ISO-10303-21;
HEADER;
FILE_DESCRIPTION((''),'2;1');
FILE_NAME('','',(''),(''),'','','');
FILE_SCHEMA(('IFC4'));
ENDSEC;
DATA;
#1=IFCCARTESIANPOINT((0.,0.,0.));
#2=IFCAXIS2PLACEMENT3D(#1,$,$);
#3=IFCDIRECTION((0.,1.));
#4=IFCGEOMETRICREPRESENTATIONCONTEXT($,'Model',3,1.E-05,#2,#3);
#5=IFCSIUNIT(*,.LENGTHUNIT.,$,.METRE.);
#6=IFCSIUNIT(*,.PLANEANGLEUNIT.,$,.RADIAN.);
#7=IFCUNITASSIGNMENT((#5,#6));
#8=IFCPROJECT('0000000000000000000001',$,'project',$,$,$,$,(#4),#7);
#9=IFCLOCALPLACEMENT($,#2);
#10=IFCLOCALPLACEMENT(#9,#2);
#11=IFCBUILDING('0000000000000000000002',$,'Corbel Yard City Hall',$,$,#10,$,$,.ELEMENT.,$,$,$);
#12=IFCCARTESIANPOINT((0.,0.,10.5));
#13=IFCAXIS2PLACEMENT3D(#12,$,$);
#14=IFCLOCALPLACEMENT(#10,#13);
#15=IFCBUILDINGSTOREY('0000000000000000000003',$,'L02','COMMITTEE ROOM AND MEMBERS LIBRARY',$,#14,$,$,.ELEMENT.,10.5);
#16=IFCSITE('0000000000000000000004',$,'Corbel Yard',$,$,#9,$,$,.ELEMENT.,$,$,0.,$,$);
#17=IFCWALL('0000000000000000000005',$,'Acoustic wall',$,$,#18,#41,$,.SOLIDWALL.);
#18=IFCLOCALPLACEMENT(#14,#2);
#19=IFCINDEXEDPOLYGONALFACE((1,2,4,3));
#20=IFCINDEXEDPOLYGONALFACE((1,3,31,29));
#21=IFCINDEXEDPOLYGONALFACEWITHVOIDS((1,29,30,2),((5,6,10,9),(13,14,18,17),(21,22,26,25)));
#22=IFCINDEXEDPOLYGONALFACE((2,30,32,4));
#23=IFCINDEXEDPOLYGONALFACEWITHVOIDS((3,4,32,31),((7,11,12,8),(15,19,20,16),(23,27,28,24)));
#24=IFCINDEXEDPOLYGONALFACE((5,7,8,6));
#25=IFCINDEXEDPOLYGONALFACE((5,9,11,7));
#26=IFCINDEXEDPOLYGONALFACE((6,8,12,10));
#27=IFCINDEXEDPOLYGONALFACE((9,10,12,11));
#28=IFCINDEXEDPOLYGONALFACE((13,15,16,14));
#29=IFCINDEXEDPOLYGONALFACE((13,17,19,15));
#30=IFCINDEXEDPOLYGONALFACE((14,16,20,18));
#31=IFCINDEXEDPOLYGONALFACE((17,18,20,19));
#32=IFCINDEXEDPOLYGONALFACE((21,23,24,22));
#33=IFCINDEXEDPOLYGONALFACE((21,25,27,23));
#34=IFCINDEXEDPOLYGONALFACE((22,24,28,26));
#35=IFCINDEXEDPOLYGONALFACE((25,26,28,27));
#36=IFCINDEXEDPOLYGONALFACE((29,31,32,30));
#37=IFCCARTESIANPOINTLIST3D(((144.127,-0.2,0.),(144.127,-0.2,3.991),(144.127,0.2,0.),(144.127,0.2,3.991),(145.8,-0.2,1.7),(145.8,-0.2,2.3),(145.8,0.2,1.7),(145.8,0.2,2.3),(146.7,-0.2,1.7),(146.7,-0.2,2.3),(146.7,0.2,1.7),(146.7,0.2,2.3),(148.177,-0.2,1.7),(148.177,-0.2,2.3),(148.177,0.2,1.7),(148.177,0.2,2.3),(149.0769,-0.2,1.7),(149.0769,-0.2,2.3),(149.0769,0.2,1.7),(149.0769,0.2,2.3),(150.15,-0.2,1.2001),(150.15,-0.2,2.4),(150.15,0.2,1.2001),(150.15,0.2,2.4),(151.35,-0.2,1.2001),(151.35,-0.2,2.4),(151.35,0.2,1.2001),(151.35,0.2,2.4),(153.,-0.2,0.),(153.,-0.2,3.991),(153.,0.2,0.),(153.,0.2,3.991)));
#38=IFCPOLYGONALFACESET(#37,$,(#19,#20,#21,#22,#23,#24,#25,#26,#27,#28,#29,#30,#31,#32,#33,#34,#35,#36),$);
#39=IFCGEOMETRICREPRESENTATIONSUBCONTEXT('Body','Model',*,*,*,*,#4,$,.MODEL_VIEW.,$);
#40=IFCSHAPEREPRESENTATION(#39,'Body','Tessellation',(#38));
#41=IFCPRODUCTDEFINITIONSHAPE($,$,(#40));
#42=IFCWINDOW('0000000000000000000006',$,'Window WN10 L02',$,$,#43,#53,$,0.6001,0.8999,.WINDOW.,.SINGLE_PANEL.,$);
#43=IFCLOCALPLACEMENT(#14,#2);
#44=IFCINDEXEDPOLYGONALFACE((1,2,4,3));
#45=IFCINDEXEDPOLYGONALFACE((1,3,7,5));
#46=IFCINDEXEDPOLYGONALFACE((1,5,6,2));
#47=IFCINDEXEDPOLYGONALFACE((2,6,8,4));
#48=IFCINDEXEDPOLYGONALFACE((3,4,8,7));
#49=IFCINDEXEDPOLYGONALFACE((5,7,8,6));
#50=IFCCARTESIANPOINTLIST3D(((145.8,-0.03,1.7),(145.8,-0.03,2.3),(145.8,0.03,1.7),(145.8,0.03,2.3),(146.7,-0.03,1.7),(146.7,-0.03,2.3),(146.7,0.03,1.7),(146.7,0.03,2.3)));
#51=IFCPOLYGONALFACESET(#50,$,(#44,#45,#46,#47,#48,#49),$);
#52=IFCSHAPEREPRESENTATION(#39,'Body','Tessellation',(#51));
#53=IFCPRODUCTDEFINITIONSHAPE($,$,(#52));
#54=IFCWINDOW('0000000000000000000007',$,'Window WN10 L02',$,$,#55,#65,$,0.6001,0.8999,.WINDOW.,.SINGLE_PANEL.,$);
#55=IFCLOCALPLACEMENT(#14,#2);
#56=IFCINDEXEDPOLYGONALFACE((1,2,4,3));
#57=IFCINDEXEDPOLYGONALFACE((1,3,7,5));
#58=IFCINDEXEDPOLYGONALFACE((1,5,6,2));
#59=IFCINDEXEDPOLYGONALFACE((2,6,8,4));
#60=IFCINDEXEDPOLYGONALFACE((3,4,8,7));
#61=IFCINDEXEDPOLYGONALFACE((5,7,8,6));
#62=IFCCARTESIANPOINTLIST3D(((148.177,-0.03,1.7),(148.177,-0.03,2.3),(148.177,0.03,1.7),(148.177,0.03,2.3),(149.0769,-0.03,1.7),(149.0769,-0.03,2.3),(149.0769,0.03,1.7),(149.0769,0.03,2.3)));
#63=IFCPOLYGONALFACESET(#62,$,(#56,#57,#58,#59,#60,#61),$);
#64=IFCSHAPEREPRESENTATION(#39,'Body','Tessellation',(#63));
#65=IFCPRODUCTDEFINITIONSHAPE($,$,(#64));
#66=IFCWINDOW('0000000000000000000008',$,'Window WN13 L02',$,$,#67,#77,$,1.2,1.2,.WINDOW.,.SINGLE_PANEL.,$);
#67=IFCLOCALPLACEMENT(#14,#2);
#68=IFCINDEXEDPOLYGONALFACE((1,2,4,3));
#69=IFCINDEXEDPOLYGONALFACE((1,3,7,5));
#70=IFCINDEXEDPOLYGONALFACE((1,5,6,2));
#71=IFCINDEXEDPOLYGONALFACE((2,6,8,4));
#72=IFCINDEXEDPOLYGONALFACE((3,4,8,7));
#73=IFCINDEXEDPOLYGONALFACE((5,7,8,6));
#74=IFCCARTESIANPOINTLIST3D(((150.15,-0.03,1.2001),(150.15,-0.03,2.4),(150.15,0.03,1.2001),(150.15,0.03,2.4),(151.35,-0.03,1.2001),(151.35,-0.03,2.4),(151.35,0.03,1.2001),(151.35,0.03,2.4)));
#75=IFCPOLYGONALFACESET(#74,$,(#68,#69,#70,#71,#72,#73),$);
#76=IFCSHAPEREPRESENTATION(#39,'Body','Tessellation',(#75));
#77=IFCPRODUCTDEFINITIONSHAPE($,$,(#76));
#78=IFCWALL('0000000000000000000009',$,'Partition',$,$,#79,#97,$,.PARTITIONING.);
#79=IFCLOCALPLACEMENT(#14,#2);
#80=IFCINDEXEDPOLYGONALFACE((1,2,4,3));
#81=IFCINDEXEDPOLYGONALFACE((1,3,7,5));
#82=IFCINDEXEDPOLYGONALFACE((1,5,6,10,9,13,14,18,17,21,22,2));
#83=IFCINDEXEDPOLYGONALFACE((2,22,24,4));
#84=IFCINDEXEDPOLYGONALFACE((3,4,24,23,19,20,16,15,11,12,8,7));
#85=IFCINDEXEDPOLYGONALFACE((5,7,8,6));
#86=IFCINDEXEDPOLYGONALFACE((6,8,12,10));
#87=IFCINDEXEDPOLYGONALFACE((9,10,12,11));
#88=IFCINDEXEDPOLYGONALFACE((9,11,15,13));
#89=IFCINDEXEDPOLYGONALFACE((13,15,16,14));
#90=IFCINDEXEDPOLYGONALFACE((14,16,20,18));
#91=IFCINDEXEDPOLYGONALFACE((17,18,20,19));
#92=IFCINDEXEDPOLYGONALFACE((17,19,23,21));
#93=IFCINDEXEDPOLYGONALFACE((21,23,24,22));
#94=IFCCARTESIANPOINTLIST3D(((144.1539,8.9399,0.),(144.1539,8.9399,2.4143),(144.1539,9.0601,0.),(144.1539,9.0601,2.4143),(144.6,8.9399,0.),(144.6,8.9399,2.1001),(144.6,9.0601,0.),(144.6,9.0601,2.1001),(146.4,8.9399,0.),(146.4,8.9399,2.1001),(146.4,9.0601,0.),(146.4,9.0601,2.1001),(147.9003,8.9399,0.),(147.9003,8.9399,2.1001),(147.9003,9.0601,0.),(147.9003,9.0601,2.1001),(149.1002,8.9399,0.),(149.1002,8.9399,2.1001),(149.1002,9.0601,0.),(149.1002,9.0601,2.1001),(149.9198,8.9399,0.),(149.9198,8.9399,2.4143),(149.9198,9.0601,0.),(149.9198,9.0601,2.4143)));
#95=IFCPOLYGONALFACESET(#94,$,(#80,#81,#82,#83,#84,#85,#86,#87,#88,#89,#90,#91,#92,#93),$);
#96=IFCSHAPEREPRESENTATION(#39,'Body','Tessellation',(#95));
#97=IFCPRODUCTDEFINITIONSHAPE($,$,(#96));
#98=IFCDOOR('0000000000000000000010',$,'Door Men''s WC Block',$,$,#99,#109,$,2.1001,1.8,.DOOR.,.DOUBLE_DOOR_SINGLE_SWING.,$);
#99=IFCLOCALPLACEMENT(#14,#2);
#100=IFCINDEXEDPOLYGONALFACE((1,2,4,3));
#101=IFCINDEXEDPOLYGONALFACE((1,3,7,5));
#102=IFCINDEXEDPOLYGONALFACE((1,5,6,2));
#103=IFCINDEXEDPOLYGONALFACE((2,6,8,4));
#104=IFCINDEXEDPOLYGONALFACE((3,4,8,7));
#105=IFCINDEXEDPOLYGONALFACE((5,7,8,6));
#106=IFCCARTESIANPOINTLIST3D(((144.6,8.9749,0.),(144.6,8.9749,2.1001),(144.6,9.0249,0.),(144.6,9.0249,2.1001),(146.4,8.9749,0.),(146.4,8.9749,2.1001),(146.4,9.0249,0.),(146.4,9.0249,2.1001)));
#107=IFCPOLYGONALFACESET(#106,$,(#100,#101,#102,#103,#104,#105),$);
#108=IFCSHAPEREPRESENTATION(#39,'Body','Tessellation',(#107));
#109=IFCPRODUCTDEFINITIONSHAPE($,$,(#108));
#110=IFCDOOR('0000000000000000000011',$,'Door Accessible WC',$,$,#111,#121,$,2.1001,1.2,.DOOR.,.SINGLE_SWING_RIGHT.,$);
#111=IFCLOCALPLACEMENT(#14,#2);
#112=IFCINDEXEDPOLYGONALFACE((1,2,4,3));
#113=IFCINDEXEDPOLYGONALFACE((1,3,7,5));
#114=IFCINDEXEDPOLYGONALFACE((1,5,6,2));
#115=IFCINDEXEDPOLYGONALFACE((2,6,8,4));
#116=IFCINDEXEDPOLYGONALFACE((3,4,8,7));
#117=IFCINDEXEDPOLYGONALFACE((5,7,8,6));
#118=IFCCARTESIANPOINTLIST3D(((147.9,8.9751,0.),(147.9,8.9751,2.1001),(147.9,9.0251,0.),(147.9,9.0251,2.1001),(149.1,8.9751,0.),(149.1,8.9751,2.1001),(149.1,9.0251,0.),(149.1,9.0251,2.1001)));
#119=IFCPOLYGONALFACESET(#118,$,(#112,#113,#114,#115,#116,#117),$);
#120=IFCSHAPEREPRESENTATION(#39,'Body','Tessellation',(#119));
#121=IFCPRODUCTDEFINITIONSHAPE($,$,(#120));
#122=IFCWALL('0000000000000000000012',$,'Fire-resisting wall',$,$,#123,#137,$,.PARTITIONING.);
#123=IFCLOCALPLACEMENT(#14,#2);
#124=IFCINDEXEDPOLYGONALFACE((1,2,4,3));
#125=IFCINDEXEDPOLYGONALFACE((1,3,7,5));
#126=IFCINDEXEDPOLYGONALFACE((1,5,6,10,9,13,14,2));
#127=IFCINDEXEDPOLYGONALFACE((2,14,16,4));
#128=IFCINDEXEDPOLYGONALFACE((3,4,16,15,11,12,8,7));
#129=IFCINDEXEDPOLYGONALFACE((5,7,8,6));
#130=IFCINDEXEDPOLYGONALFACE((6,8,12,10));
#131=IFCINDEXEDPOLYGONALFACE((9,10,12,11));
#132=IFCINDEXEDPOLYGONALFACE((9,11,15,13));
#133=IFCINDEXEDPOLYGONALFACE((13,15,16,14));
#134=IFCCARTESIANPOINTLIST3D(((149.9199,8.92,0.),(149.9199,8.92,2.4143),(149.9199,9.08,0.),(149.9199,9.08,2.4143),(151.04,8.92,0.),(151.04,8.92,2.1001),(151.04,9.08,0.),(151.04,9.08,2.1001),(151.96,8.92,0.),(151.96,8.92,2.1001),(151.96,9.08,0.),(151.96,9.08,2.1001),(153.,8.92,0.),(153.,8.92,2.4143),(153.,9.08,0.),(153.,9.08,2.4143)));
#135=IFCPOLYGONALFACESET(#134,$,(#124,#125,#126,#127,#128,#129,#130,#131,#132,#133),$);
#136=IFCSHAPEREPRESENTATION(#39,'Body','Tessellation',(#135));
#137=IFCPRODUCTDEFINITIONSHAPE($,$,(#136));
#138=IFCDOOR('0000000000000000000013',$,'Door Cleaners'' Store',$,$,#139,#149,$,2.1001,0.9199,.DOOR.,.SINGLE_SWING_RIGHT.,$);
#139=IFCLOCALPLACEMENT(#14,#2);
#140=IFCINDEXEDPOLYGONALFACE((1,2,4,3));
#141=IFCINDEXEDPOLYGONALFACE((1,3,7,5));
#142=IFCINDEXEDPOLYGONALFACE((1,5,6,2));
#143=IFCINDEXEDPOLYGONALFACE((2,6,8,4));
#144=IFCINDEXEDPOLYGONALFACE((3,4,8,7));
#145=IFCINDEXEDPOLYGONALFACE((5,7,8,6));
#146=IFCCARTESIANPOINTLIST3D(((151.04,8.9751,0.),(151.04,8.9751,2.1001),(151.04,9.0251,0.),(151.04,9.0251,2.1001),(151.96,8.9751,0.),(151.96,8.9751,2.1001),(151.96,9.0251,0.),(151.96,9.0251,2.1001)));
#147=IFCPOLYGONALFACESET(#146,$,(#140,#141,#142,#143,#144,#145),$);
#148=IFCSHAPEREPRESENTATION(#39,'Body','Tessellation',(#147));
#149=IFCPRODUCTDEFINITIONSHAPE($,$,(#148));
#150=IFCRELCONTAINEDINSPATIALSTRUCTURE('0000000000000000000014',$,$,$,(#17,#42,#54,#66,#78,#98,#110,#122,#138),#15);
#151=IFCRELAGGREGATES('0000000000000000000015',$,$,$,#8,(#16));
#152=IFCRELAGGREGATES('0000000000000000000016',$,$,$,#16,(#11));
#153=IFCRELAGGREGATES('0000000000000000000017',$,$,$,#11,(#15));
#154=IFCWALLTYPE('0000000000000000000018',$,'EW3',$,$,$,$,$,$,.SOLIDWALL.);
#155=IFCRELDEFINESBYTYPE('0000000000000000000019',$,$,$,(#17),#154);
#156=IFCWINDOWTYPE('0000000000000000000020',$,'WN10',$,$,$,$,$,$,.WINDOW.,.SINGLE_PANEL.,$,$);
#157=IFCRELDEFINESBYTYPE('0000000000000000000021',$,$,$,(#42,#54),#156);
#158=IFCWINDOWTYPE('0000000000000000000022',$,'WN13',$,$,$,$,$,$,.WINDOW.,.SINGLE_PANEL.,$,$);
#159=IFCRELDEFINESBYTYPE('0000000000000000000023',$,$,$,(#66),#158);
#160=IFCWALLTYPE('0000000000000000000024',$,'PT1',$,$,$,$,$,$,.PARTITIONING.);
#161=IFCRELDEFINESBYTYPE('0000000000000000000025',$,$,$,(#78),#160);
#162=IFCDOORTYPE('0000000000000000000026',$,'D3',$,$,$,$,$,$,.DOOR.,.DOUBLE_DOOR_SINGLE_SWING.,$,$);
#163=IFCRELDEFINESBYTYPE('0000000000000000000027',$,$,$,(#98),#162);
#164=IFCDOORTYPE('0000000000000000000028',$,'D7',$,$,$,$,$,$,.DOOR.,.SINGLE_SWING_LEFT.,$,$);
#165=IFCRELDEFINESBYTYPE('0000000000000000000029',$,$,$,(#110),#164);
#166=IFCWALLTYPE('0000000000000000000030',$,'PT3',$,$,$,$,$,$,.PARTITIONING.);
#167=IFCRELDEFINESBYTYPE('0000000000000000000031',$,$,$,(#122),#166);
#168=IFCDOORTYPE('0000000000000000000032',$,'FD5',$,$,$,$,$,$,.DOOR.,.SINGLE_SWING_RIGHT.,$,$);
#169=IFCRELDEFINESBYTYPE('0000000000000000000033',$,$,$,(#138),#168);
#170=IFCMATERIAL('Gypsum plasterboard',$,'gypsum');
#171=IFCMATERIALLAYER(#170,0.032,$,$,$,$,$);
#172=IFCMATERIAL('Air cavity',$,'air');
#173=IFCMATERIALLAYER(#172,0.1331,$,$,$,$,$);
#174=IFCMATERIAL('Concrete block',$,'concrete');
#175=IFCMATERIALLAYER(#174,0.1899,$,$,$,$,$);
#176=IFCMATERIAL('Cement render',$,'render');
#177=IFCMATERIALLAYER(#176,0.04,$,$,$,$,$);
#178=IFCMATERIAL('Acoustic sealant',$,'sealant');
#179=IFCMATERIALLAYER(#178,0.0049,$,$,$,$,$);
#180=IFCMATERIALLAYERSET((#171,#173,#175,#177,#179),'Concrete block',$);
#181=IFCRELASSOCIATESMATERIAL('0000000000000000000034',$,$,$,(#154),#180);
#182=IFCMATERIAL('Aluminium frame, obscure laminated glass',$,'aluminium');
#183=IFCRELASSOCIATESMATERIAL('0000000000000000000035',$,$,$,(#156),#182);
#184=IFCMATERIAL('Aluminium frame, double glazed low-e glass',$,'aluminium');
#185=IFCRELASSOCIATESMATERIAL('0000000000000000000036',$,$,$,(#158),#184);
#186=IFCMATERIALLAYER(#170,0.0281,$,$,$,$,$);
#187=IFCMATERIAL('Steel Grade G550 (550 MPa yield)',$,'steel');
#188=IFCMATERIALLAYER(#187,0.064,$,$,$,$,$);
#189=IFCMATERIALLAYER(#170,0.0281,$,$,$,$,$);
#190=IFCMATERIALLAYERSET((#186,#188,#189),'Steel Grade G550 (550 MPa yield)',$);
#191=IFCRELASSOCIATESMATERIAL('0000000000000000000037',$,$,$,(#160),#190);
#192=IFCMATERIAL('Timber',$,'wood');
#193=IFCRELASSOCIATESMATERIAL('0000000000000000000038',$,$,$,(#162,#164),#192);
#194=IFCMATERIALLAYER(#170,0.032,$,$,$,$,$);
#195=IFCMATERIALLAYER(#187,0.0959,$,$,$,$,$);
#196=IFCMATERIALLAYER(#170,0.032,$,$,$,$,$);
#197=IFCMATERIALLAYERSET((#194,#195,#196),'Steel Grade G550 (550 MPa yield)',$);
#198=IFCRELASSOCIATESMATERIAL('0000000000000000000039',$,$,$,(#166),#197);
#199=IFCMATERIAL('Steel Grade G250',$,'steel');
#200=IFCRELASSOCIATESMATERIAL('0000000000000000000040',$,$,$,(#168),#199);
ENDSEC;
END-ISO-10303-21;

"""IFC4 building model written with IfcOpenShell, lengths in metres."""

from ifc_helpers import new_model, si_unit, direction, frame, frame_2d, origin, place, context, subcontext, project, spatial, rectangle, extrude, material, layer, layer_set, type_object, element, fill, save


model = new_model("IFC4")

# Units and contexts
model_context = context("Model", 3, precision=1e-05, world=origin(), true_north=direction((0.0, 1.0)))
body_context = subcontext(model_context, "Body", "Model", "MODEL_VIEW")
ifc_project = project(units=[si_unit("LENGTHUNIT", "METRE"), si_unit("PLANEANGLEUNIT", "RADIAN")], contexts=[model_context])

# Site, building, storey
site_placement = place(None, origin())
site = spatial("IfcSite", under=ifc_project, at=site_placement, Name="Corbel Yard", CompositionType="ELEMENT", RefElevation=0.0)
building_placement = place(site_placement, origin())
building = spatial("IfcBuilding", under=site, at=building_placement, Name="Corbel Yard City Hall", CompositionType="ELEMENT")
storey_placement = place(building_placement, frame((0.0, 0.0, 10.5)))
storey = spatial("IfcBuildingStorey", under=building, at=storey_placement, Name="L02", Description="COMMITTEE ROOM AND MEMBERS LIBRARY", CompositionType="ELEMENT", Elevation=10.5)

# Wall, openings, windows
ifc_material_1 = material(Name="Gypsum plasterboard", Category="gypsum")
ifc_layer_1 = layer(ifc_material_1, 0.032)
ifc_material_2 = material(Name="Air cavity", Category="air")
ifc_layer_2 = layer(ifc_material_2, 0.1331)
ifc_material_3 = material(Name="Concrete block", Category="concrete")
ifc_layer_3 = layer(ifc_material_3, 0.1899)
ifc_material_4 = material(Name="Cement render", Category="render")
ifc_layer_4 = layer(ifc_material_4, 0.04)
ifc_material_5 = material(Name="Acoustic sealant", Category="sealant")
ifc_layer_5 = layer(ifc_material_5, 0.0049)
ifc_layer_set_1 = layer_set([ifc_layer_1, ifc_layer_2, ifc_layer_3, ifc_layer_4, ifc_layer_5], Name="Concrete block")
wall_type_1 = type_object("IfcWallType", Name="EW3", PredefinedType="SOLIDWALL", material=ifc_layer_set_1)
wall_1_placement = place(storey_placement, frame((144.127, 0.0, 0.0), z_axis=(0.0, 0.0, 1.0), x_axis=(1.0, 0.0, 0.0)))
wall_1 = element("IfcWall", 1, at=wall_1_placement, inside=storey, type_object=wall_type_1, Name="Acoustic wall", PredefinedType="SOLIDWALL", context=body_context, shape_type="SweptSolid", body=[
    extrude(rectangle(XDim=8.873, YDim=0.3999, at=frame_2d((4.4365, 0.0))), origin(), (0.0, 0.0, 1.0), 3.991),
])
opening_1_placement = place(wall_1_placement, frame((1.6731, 0.0, 1.7)))
opening_1 = element("IfcOpeningElement", 2, at=opening_1_placement, cuts=wall_1, PredefinedType="OPENING", context=body_context, shape_type="SweptSolid", body=[
    extrude(rectangle(XDim=0.8999, YDim=0.6001, at=frame_2d((0.45, 0.3))), frame((0.0, 0.21, 0.0), z_axis=(0.0, -1.0, 0.0), x_axis=(1.0, 0.0, 0.0)), (0.0, 0.0, 1.0), 0.4199),
])
opening_2_placement = place(wall_1_placement, frame((6.0229, 0.0, 1.2)))
opening_2 = element("IfcOpeningElement", 3, at=opening_2_placement, cuts=wall_1, PredefinedType="OPENING", context=body_context, shape_type="SweptSolid", body=[
    extrude(rectangle(XDim=1.2, YDim=1.2, at=frame_2d((0.6001, 0.6001))), frame((0.0, 0.21, 0.0), z_axis=(0.0, -1.0, 0.0), x_axis=(1.0, 0.0, 0.0)), (0.0, 0.0, 1.0), 0.4199),
])
opening_3_placement = place(wall_1_placement, frame((4.05, 0.0, 1.7)))
opening_3 = element("IfcOpeningElement", 4, at=opening_3_placement, cuts=wall_1, PredefinedType="OPENING", context=body_context, shape_type="SweptSolid", body=[
    extrude(rectangle(XDim=0.8999, YDim=0.6001, at=frame_2d((0.45, 0.3))), frame((0.0, 0.21, 0.0), z_axis=(0.0, -1.0, 0.0), x_axis=(1.0, 0.0, 0.0)), (0.0, 0.0, 1.0), 0.4199),
])
ifc_material_6 = material(Name="Aluminium frame, obscure laminated glass", Category="aluminium")
window_type_1 = type_object("IfcWindowType", Name="WN10", PartitioningType="SINGLE_PANEL", PredefinedType="WINDOW", material=ifc_material_6)
window_1_placement = place(opening_1_placement, origin())
window_1 = element("IfcWindow", 5, at=window_1_placement, inside=storey, type_object=window_type_1, Name="Window WN10 L02", OverallHeight=0.6001, OverallWidth=0.8999, PartitioningType="SINGLE_PANEL", PredefinedType="WINDOW", context=body_context, shape_type="SweptSolid", body=[
    extrude(rectangle(XDim=0.8999, YDim=0.6001, at=frame_2d((0.45, 0.3))), frame((0.0, 0.03, 0.0), z_axis=(0.0, -1.0, 0.0), x_axis=(1.0, 0.0, 0.0)), (0.0, 0.0, 1.0), 0.0601),
])
fill(opening_1, window_1)
window_2_placement = place(opening_3_placement, origin())
window_2 = element("IfcWindow", 6, at=window_2_placement, inside=storey, type_object=window_type_1, Name="Window WN10 L02", OverallHeight=0.6001, OverallWidth=0.8999, PartitioningType="SINGLE_PANEL", PredefinedType="WINDOW", context=body_context, shape_type="SweptSolid", body=[
    extrude(rectangle(XDim=0.8999, YDim=0.6001, at=frame_2d((0.45, 0.3))), frame((0.0, 0.03, 0.0), z_axis=(0.0, -1.0, 0.0), x_axis=(1.0, 0.0, 0.0)), (0.0, 0.0, 1.0), 0.0601),
])
fill(opening_3, window_2)
ifc_material_7 = material(Name="Aluminium frame, double glazed low-e glass", Category="aluminium")
window_type_2 = type_object("IfcWindowType", Name="WN13", PartitioningType="SINGLE_PANEL", PredefinedType="WINDOW", material=ifc_material_7)
window_3_placement = place(opening_2_placement, origin())
window_3 = element("IfcWindow", 7, at=window_3_placement, inside=storey, type_object=window_type_2, Name="Window WN13 L02", OverallHeight=1.2, OverallWidth=1.2, PartitioningType="SINGLE_PANEL", PredefinedType="WINDOW", context=body_context, shape_type="SweptSolid", body=[
    extrude(rectangle(XDim=1.2, YDim=1.2, at=frame_2d((0.6001, 0.6001))), frame((0.0, 0.03, 0.0), z_axis=(0.0, -1.0, 0.0), x_axis=(1.0, 0.0, 0.0)), (0.0, 0.0, 1.0), 0.0601),
])
fill(opening_2, window_3)

# Wall, openings, doors
ifc_layer_6 = layer(ifc_material_1, 0.0281)
ifc_material_8 = material(Name="Steel Grade G550 (550 MPa yield)", Category="steel")
ifc_layer_7 = layer(ifc_material_8, 0.064)
ifc_layer_8 = layer(ifc_material_1, 0.0281)
ifc_layer_set_2 = layer_set([ifc_layer_6, ifc_layer_7, ifc_layer_8], Name="Steel Grade G550 (550 MPa yield)")
wall_type_2 = type_object("IfcWallType", Name="PT1", PredefinedType="PARTITIONING", material=ifc_layer_set_2)
wall_2_placement = place(storey_placement, frame((144.1541, 9.0, 0.0), z_axis=(0.0, 0.0, 1.0), x_axis=(1.0, 0.0, 0.0)))
wall_2 = element("IfcWall", 8, at=wall_2_placement, inside=storey, type_object=wall_type_2, Name="Partition", PredefinedType="PARTITIONING", context=body_context, shape_type="SweptSolid", body=[
    extrude(rectangle(XDim=5.7659, YDim=0.1201, at=frame_2d((2.8828, 0.0))), origin(), (0.0, 0.0, 1.0), 2.4143),
])
opening_4_placement = place(wall_2_placement, frame((0.446, 0.0, 0.0)))
opening_4 = element("IfcOpeningElement", 9, at=opening_4_placement, cuts=wall_2, PredefinedType="OPENING", context=body_context, shape_type="SweptSolid", body=[
    extrude(rectangle(XDim=1.8, YDim=2.1001, at=frame_2d((0.8999, 1.05))), frame((0.0, 0.0701, 0.0), z_axis=(0.0, -1.0, 0.0), x_axis=(1.0, 0.0, 0.0)), (0.0, 0.0, 1.0), 0.1401),
])
opening_5_placement = place(wall_2_placement, frame((3.7461, 0.0, 0.0)))
opening_5 = element("IfcOpeningElement", 10, at=opening_5_placement, cuts=wall_2, PredefinedType="OPENING", context=body_context, shape_type="SweptSolid", body=[
    extrude(rectangle(XDim=1.2, YDim=2.1001, at=frame_2d((0.6001, 1.05))), frame((0.0, 0.0701, 0.0), z_axis=(0.0, -1.0, 0.0), x_axis=(1.0, 0.0, 0.0)), (0.0, 0.0, 1.0), 0.1401),
])
ifc_material_9 = material(Name="Timber", Category="wood")
door_type_1 = type_object("IfcDoorType", Name="D3", OperationType="DOUBLE_DOOR_SINGLE_SWING", PredefinedType="DOOR", material=ifc_material_9)
door_1_placement = place(opening_4_placement, origin())
door_1 = element("IfcDoor", 11, at=door_1_placement, inside=storey, type_object=door_type_1, Name="Door Men's WC Block", OperationType="DOUBLE_DOOR_SINGLE_SWING", OverallHeight=2.1001, OverallWidth=1.8, PredefinedType="DOOR", context=body_context, shape_type="SweptSolid", body=[
    extrude(rectangle(XDim=1.8, YDim=2.1001, at=frame_2d((0.8999, 1.05))), frame((0.0, 0.0249, 0.0), z_axis=(0.0, -1.0, 0.0), x_axis=(1.0, 0.0, 0.0)), (0.0, 0.0, 1.0), 0.05),
])
fill(opening_4, door_1)
door_type_2 = type_object("IfcDoorType", Name="D7", OperationType="SINGLE_SWING_LEFT", PredefinedType="DOOR", material=ifc_material_9)
door_2_placement = place(opening_5_placement, frame((1.2, 0.0, 0.0), z_axis=(0.0, 0.0, 1.0), x_axis=(-1.0, 0.0, 0.0)))
door_2 = element("IfcDoor", 12, at=door_2_placement, inside=storey, type_object=door_type_2, Name="Door Accessible WC", OperationType="SINGLE_SWING_RIGHT", OverallHeight=2.1001, OverallWidth=1.2, PredefinedType="DOOR", context=body_context, shape_type="SweptSolid", body=[
    extrude(rectangle(XDim=1.2, YDim=2.1001, at=frame_2d((0.6001, 1.05))), frame((0.0, 0.0249, 0.0), z_axis=(0.0, -1.0, 0.0), x_axis=(1.0, 0.0, 0.0)), (0.0, 0.0, 1.0), 0.05),
])
fill(opening_5, door_2)

# Wall, opening, door
ifc_layer_9 = layer(ifc_material_1, 0.032)
ifc_layer_10 = layer(ifc_material_8, 0.0959)
ifc_layer_11 = layer(ifc_material_1, 0.032)
ifc_layer_set_3 = layer_set([ifc_layer_9, ifc_layer_10, ifc_layer_11], Name="Steel Grade G550 (550 MPa yield)")
wall_type_3 = type_object("IfcWallType", Name="PT3", PredefinedType="PARTITIONING", material=ifc_layer_set_3)
wall_3_placement = place(storey_placement, frame((149.9199, 9.0, 0.0), z_axis=(0.0, 0.0, 1.0), x_axis=(1.0, 0.0, 0.0)))
wall_3 = element("IfcWall", 13, at=wall_3_placement, inside=storey, type_object=wall_type_3, Name="Fire-resisting wall", PredefinedType="PARTITIONING", context=body_context, shape_type="SweptSolid", body=[
    extrude(rectangle(XDim=3.0801, YDim=0.1599, at=frame_2d((1.54, 0.0))), origin(), (0.0, 0.0, 1.0), 2.4143),
])
opening_6_placement = place(wall_3_placement, frame((1.1201, 0.0, 0.0)))
opening_6 = element("IfcOpeningElement", 14, at=opening_6_placement, cuts=wall_3, PredefinedType="OPENING", context=body_context, shape_type="SweptSolid", body=[
    extrude(rectangle(XDim=0.9199, YDim=2.1001, at=frame_2d((0.46, 1.05))), frame((0.0, 0.0898, 0.0), z_axis=(0.0, -1.0, 0.0), x_axis=(1.0, 0.0, 0.0)), (0.0, 0.0, 1.0), 0.1799),
])
ifc_material_10 = material(Name="Steel Grade G250", Category="steel")
door_type_3 = type_object("IfcDoorType", Name="FD5", OperationType="SINGLE_SWING_RIGHT", PredefinedType="DOOR", material=ifc_material_10)
door_3_placement = place(opening_6_placement, frame((0.9199, 0.0, 0.0), z_axis=(0.0, 0.0, 1.0), x_axis=(-1.0, 0.0, 0.0)))
door_3 = element("IfcDoor", 15, at=door_3_placement, inside=storey, type_object=door_type_3, Name="Door Cleaners' Store", OperationType="SINGLE_SWING_RIGHT", OverallHeight=2.1001, OverallWidth=0.9199, PredefinedType="DOOR", context=body_context, shape_type="SweptSolid", body=[
    extrude(rectangle(XDim=0.9199, YDim=2.1001, at=frame_2d((0.46, 1.05))), frame((0.0, 0.0249, 0.0), z_axis=(0.0, -1.0, 0.0), x_axis=(1.0, 0.0, 0.0)), (0.0, 0.0, 1.0), 0.05),
])
fill(opening_6, door_3)

save(model, "model.ifc")
